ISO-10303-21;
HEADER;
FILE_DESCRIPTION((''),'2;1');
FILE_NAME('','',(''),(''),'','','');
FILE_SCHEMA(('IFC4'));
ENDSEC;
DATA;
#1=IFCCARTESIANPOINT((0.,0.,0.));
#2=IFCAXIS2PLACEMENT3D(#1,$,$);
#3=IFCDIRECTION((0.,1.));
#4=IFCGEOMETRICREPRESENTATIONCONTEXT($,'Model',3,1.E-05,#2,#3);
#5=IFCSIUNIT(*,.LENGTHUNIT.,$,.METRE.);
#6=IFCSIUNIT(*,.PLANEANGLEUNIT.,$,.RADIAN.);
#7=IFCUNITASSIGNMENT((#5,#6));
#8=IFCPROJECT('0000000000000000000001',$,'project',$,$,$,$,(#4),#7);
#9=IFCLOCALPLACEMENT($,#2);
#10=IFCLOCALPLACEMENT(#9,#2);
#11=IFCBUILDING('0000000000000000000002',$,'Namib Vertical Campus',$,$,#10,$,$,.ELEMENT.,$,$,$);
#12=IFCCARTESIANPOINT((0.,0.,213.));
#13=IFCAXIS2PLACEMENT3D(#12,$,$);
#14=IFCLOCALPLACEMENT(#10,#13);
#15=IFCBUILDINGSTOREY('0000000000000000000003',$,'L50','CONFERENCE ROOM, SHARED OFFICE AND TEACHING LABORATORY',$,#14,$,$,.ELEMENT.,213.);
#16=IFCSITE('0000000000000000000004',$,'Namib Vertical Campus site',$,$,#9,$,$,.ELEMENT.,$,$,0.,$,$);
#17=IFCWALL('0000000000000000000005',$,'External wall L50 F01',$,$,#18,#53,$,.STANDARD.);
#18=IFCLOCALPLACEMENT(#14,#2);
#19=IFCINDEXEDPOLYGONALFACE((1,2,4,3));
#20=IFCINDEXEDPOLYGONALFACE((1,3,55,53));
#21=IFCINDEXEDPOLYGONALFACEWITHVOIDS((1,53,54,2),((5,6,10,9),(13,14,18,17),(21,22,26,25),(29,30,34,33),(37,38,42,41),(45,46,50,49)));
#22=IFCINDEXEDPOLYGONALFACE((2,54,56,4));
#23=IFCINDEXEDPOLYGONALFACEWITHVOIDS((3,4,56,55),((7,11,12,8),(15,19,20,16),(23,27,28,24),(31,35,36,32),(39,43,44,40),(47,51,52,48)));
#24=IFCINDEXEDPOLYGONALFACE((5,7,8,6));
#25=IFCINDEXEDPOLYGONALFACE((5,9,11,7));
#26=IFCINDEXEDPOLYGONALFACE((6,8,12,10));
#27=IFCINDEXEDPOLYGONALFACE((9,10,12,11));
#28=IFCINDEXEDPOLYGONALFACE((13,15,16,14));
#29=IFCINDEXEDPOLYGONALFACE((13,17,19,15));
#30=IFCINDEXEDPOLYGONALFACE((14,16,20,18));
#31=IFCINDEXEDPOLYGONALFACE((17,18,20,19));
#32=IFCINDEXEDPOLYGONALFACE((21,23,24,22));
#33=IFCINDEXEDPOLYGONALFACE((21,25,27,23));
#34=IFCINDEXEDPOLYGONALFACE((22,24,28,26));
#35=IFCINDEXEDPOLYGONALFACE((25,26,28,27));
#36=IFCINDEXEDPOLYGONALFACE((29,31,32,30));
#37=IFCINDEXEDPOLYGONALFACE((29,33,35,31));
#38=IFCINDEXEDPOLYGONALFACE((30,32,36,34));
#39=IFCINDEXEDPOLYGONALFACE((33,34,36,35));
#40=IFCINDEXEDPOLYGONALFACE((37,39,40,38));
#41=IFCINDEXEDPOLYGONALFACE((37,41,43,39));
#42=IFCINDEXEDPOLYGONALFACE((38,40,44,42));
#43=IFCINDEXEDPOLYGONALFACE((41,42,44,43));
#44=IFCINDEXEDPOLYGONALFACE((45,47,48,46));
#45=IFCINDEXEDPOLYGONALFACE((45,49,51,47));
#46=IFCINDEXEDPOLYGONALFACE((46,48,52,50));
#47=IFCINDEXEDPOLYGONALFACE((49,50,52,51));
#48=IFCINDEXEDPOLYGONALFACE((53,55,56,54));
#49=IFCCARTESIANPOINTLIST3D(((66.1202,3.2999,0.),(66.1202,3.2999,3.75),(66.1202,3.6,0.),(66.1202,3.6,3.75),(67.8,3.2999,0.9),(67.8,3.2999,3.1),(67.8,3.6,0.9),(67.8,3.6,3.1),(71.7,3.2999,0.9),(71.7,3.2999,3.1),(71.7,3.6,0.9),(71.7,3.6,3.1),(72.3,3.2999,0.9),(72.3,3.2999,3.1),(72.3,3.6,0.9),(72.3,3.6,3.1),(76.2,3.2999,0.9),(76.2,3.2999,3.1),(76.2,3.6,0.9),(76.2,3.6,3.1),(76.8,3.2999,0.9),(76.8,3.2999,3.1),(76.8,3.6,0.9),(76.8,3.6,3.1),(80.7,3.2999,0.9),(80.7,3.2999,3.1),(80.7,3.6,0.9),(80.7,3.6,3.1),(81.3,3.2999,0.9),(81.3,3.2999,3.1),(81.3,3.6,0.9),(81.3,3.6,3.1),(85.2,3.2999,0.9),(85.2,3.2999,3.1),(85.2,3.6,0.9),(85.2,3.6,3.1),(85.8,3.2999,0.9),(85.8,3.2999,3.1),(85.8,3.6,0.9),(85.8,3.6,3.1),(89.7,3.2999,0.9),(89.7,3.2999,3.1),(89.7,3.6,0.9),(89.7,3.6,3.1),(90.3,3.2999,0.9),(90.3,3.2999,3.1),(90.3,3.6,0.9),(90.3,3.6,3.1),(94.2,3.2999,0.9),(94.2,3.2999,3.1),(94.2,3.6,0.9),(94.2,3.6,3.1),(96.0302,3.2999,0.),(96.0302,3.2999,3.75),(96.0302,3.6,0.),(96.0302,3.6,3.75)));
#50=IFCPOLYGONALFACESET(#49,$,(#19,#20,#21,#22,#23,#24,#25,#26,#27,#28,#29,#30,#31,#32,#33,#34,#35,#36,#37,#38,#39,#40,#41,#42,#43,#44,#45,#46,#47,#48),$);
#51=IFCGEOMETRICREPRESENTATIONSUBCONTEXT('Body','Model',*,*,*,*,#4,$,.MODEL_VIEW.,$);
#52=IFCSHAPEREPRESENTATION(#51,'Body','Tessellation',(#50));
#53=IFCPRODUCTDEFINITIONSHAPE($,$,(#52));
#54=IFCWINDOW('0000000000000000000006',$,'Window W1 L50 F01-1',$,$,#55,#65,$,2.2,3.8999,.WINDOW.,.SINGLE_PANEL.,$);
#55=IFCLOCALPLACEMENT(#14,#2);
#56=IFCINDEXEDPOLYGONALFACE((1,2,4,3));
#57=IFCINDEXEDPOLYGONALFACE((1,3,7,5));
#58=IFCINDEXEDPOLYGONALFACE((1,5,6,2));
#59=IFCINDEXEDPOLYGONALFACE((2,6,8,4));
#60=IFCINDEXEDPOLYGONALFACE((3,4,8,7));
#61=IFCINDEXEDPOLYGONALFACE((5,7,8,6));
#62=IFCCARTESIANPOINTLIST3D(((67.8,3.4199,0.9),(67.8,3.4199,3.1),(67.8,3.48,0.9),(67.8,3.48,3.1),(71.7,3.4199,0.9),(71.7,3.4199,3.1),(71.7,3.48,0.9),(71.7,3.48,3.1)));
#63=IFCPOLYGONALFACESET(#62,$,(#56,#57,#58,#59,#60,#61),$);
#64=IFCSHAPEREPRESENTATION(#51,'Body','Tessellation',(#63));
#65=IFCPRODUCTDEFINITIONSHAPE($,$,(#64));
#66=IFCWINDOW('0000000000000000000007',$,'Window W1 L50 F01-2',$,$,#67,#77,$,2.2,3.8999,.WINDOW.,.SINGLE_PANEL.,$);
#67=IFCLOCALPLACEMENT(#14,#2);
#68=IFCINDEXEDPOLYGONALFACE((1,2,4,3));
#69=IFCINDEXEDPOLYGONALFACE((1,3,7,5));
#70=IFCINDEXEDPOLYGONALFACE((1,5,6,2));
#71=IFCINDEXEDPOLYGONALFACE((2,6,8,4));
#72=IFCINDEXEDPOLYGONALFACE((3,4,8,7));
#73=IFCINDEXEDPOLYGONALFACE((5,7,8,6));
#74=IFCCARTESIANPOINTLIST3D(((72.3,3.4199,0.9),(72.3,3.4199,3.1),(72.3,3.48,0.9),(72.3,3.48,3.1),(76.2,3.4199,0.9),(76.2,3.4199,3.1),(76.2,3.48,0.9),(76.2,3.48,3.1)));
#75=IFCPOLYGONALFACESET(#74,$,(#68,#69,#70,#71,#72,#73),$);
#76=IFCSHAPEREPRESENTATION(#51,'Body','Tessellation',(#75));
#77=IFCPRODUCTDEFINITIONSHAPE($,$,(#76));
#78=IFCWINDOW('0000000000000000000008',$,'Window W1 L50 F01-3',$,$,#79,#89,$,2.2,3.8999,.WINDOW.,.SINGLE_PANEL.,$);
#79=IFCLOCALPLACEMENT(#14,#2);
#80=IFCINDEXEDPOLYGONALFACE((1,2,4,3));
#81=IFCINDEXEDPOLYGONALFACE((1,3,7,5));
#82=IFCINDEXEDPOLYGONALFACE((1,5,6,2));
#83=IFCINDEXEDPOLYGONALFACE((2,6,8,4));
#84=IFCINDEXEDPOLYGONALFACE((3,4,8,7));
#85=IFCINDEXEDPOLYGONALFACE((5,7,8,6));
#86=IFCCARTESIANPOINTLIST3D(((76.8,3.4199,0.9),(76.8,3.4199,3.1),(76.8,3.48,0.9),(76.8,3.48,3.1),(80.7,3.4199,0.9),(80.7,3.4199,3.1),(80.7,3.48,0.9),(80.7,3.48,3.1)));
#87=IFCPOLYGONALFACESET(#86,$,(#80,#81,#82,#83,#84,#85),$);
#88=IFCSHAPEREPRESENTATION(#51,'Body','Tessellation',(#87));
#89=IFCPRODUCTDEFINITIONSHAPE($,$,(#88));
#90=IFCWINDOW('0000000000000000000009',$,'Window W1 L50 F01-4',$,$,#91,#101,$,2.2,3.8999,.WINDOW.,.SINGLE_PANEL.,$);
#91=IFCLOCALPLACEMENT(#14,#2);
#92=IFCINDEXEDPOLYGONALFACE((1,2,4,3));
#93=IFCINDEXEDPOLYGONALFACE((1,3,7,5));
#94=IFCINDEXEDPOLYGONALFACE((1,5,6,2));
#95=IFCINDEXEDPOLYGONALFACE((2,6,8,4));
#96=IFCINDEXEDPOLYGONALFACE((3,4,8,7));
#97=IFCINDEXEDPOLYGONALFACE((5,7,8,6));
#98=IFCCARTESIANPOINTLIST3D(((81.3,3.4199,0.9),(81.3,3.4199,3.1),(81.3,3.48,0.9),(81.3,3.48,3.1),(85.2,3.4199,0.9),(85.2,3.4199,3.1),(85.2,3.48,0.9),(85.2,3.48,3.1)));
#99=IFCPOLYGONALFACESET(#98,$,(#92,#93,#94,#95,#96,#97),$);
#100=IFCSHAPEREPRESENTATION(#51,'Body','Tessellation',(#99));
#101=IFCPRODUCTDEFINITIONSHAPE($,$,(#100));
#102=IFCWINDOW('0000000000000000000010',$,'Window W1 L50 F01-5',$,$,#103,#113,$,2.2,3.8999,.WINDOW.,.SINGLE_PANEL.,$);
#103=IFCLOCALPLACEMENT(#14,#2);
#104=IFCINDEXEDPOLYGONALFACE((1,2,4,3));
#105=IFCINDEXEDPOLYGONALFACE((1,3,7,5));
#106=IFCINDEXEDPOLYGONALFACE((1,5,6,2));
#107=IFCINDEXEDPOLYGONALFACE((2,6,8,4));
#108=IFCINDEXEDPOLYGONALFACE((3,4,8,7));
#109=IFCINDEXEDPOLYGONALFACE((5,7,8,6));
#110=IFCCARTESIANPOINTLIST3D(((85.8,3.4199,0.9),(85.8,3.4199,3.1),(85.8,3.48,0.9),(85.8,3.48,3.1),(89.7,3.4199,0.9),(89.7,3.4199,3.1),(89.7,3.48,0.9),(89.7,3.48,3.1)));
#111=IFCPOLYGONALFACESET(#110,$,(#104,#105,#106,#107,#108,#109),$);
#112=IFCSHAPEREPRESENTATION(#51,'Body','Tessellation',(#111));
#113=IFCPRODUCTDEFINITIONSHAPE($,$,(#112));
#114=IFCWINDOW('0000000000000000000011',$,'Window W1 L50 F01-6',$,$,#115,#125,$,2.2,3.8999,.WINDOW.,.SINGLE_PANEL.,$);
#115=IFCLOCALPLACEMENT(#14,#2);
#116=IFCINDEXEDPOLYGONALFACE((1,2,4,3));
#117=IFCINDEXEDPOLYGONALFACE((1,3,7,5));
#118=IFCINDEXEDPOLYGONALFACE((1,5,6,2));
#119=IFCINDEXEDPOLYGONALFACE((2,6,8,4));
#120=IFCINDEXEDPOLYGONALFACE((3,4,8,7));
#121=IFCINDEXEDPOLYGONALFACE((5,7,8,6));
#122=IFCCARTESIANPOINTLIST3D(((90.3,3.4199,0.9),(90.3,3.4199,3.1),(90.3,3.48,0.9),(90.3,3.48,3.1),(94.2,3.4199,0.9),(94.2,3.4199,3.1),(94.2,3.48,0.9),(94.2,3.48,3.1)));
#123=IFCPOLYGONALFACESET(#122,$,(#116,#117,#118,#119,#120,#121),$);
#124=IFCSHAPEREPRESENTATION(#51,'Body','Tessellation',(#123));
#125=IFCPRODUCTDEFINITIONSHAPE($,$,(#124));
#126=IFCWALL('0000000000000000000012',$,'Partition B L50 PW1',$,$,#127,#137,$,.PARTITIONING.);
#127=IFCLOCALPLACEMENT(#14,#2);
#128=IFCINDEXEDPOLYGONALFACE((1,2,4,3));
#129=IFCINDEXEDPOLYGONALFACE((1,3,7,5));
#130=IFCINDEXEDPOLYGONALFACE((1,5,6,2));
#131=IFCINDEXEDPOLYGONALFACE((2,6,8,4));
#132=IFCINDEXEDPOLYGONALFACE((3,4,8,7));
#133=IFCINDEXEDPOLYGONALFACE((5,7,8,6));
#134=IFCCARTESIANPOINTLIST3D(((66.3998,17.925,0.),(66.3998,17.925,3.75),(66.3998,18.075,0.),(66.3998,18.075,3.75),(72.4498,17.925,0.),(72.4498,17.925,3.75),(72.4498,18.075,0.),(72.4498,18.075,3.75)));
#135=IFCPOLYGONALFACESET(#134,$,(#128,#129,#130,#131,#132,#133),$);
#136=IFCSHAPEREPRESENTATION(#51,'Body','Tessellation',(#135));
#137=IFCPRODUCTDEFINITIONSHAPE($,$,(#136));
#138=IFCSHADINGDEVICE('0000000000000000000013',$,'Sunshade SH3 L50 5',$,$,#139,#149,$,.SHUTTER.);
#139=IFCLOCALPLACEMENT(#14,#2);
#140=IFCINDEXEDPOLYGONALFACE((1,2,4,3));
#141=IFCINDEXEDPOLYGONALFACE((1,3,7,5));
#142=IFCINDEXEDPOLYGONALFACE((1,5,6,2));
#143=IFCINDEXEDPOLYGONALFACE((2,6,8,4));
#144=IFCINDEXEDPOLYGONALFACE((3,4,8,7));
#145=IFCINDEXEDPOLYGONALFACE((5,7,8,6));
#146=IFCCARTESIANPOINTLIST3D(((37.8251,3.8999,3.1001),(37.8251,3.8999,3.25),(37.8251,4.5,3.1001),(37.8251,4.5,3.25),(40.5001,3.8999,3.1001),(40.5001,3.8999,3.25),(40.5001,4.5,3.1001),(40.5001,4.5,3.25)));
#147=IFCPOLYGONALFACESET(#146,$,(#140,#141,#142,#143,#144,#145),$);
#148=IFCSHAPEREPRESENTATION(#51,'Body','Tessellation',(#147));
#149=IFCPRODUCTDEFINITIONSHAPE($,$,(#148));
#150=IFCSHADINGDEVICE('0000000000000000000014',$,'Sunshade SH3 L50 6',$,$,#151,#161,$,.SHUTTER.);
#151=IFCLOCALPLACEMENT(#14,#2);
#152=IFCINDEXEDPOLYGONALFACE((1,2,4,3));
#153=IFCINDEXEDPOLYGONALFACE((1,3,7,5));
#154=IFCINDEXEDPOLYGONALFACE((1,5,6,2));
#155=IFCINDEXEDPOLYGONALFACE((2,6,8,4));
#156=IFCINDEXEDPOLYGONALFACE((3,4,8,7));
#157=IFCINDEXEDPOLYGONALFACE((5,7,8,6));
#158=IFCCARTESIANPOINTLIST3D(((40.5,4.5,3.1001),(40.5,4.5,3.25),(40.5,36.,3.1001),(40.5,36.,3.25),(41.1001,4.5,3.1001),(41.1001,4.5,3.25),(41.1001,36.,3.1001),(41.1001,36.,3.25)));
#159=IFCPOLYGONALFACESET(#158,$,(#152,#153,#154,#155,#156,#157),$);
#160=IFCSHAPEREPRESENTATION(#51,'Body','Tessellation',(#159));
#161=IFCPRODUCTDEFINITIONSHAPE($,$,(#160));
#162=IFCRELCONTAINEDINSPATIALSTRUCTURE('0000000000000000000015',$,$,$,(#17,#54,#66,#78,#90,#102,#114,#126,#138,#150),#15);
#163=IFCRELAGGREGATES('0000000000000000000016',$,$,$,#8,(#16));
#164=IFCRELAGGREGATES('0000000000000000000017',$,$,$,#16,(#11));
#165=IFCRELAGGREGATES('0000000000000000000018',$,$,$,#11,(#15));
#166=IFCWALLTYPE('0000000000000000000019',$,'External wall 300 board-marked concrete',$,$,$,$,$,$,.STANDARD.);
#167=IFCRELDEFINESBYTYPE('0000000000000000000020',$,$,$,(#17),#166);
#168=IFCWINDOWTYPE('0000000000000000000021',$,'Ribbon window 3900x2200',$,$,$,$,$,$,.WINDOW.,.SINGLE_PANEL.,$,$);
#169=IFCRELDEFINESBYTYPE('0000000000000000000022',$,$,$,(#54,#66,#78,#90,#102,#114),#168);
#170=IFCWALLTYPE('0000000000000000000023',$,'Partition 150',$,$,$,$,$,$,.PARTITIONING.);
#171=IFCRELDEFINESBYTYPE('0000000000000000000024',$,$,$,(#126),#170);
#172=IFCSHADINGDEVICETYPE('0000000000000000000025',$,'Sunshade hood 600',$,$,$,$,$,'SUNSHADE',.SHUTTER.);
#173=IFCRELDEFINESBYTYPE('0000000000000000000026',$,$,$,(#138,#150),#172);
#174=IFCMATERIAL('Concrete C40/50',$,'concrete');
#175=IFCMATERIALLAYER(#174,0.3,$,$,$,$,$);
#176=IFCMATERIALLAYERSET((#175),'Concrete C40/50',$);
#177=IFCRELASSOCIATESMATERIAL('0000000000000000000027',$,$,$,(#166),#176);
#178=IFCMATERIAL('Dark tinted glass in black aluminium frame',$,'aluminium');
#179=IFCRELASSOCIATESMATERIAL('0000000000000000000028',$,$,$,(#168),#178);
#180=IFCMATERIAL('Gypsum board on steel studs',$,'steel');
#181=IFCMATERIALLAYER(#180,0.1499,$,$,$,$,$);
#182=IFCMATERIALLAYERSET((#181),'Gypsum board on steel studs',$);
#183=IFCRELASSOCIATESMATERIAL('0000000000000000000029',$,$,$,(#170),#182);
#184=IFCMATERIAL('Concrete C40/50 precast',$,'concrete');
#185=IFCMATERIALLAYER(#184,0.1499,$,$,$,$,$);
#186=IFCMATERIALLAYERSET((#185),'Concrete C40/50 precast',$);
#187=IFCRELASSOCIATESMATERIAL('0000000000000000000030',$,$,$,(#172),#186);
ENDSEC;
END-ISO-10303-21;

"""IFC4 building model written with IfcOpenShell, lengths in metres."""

from ifc_helpers import new_model, si_unit, direction, frame, frame_2d, origin, origin_2d, place, context, subcontext, project, spatial, rectangle, extrude, material, layer, layer_set, type_object, element, fill, save


model = new_model("IFC4")

# Units and contexts
model_context = context("Model", 3, precision=1e-05, world=origin(), true_north=direction((0.0, 1.0)))
body_context = subcontext(model_context, "Body", "Model", "MODEL_VIEW")
ifc_project = project(units=[si_unit("LENGTHUNIT", "METRE"), si_unit("PLANEANGLEUNIT", "RADIAN")], contexts=[model_context])

# Site, building, storey
site_placement = place(None, origin())
site = spatial("IfcSite", under=ifc_project, at=site_placement, Name="Namib Vertical Campus site", CompositionType="ELEMENT", RefElevation=0.0)
building_placement = place(site_placement, origin())
building = spatial("IfcBuilding", under=site, at=building_placement, Name="Namib Vertical Campus", CompositionType="ELEMENT")
storey_placement = place(building_placement, frame((0.0, 0.0, 213.0)))
storey = spatial("IfcBuildingStorey", under=building, at=storey_placement, Name="L50", Description="CONFERENCE ROOM, SHARED OFFICE AND TEACHING LABORATORY", CompositionType="ELEMENT", Elevation=213.0)

# Wall, openings, windows
ifc_material_1 = material(Name="Concrete C40/50", Category="concrete")
ifc_layer_1 = layer(ifc_material_1, 0.3)
ifc_layer_set_1 = layer_set([ifc_layer_1], Name="Concrete C40/50")
wall_type_1 = type_object("IfcWallType", Name="External wall 300 board-marked concrete", PredefinedType="STANDARD", material=ifc_layer_set_1)
ifc_material_2 = material(Name="Dark tinted glass in black aluminium frame", Category="aluminium")
window_type = type_object("IfcWindowType", Name="Ribbon window 3900x2200", PartitioningType="SINGLE_PANEL", PredefinedType="WINDOW", material=ifc_material_2)
wall_1_placement = place(storey_placement, frame((66.1201, 3.45, 0.0), z_axis=(0.0, 0.0, 1.0), x_axis=(1.0, 0.0, 0.0)))
wall_1 = element("IfcWall", 1, at=wall_1_placement, inside=storey, type_object=wall_type_1, Name="External wall L50 F01", PredefinedType="STANDARD", context=body_context, shape_type="SweptSolid", body=[
    extrude(rectangle(XDim=29.9099, YDim=0.3, at=frame_2d((14.9551, 0.0))), origin(), (0.0, 0.0, 1.0), 3.75),
])
opening_1_placement = place(wall_1_placement, frame((1.6799, 0.0, 0.8999)))
opening_1 = element("IfcOpeningElement", 2, at=opening_1_placement, cuts=wall_1, PredefinedType="OPENING", context=body_context, shape_type="SweptSolid", body=[
    extrude(rectangle(XDim=3.8999, YDim=2.2, at=frame_2d((1.95, 1.1001))), frame((0.0, 0.1599, 0.0), z_axis=(0.0, -1.0, 0.0), x_axis=(1.0, 0.0, 0.0)), (0.0, 0.0, 1.0), 0.3201),
])
opening_2_placement = place(wall_1_placement, frame((6.1799, 0.0, 0.8999)))
opening_2 = element("IfcOpeningElement", 3, at=opening_2_placement, cuts=wall_1, PredefinedType="OPENING", context=body_context, shape_type="SweptSolid", body=[
    extrude(rectangle(XDim=3.8999, YDim=2.2, at=frame_2d((1.95, 1.1001))), frame((0.0, 0.1599, 0.0), z_axis=(0.0, -1.0, 0.0), x_axis=(1.0, 0.0, 0.0)), (0.0, 0.0, 1.0), 0.3201),
])
opening_3_placement = place(wall_1_placement, frame((10.6799, 0.0, 0.8999)))
opening_3 = element("IfcOpeningElement", 4, at=opening_3_placement, cuts=wall_1, PredefinedType="OPENING", context=body_context, shape_type="SweptSolid", body=[
    extrude(rectangle(XDim=3.8999, YDim=2.2, at=frame_2d((1.95, 1.1001))), frame((0.0, 0.1599, 0.0), z_axis=(0.0, -1.0, 0.0), x_axis=(1.0, 0.0, 0.0)), (0.0, 0.0, 1.0), 0.3201),
])
opening_4_placement = place(wall_1_placement, frame((15.1799, 0.0, 0.8999)))
opening_4 = element("IfcOpeningElement", 5, at=opening_4_placement, cuts=wall_1, PredefinedType="OPENING", context=body_context, shape_type="SweptSolid", body=[
    extrude(rectangle(XDim=3.8999, YDim=2.2, at=frame_2d((1.95, 1.1001))), frame((0.0, 0.1599, 0.0), z_axis=(0.0, -1.0, 0.0), x_axis=(1.0, 0.0, 0.0)), (0.0, 0.0, 1.0), 0.3201),
])
opening_5_placement = place(wall_1_placement, frame((19.6799, 0.0, 0.8999)))
opening_5 = element("IfcOpeningElement", 6, at=opening_5_placement, cuts=wall_1, PredefinedType="OPENING", context=body_context, shape_type="SweptSolid", body=[
    extrude(rectangle(XDim=3.8999, YDim=2.2, at=frame_2d((1.95, 1.1001))), frame((0.0, 0.1599, 0.0), z_axis=(0.0, -1.0, 0.0), x_axis=(1.0, 0.0, 0.0)), (0.0, 0.0, 1.0), 0.3201),
])
opening_6_placement = place(wall_1_placement, frame((24.1799, 0.0, 0.8999)))
opening_6 = element("IfcOpeningElement", 7, at=opening_6_placement, cuts=wall_1, PredefinedType="OPENING", context=body_context, shape_type="SweptSolid", body=[
    extrude(rectangle(XDim=3.8999, YDim=2.2, at=frame_2d((1.95, 1.1001))), frame((0.0, 0.1599, 0.0), z_axis=(0.0, -1.0, 0.0), x_axis=(1.0, 0.0, 0.0)), (0.0, 0.0, 1.0), 0.3201),
])
window_1_placement = place(opening_1_placement, origin())
window_1 = element("IfcWindow", 8, at=window_1_placement, inside=storey, type_object=window_type, Name="Window W1 L50 F01-1", OverallHeight=2.2, OverallWidth=3.8999, PartitioningType="SINGLE_PANEL", PredefinedType="WINDOW", context=body_context, shape_type="SweptSolid", body=[
    extrude(rectangle(XDim=3.8999, YDim=2.2, at=frame_2d((1.95, 1.1001))), frame((0.0, 0.03, 0.0), z_axis=(0.0, -1.0, 0.0), x_axis=(1.0, 0.0, 0.0)), (0.0, 0.0, 1.0), 0.0601),
])
fill(opening_1, window_1)
window_2_placement = place(opening_2_placement, origin())
window_2 = element("IfcWindow", 9, at=window_2_placement, inside=storey, type_object=window_type, Name="Window W1 L50 F01-2", OverallHeight=2.2, OverallWidth=3.8999, PartitioningType="SINGLE_PANEL", PredefinedType="WINDOW", context=body_context, shape_type="SweptSolid", body=[
    extrude(rectangle(XDim=3.8999, YDim=2.2, at=frame_2d((1.95, 1.1001))), frame((0.0, 0.03, 0.0), z_axis=(0.0, -1.0, 0.0), x_axis=(1.0, 0.0, 0.0)), (0.0, 0.0, 1.0), 0.0601),
])
fill(opening_2, window_2)
window_3_placement = place(opening_3_placement, origin())
window_3 = element("IfcWindow", 10, at=window_3_placement, inside=storey, type_object=window_type, Name="Window W1 L50 F01-3", OverallHeight=2.2, OverallWidth=3.8999, PartitioningType="SINGLE_PANEL", PredefinedType="WINDOW", context=body_context, shape_type="SweptSolid", body=[
    extrude(rectangle(XDim=3.8999, YDim=2.2, at=frame_2d((1.95, 1.1001))), frame((0.0, 0.03, 0.0), z_axis=(0.0, -1.0, 0.0), x_axis=(1.0, 0.0, 0.0)), (0.0, 0.0, 1.0), 0.0601),
])
fill(opening_3, window_3)
window_4_placement = place(opening_4_placement, origin())
window_4 = element("IfcWindow", 11, at=window_4_placement, inside=storey, type_object=window_type, Name="Window W1 L50 F01-4", OverallHeight=2.2, OverallWidth=3.8999, PartitioningType="SINGLE_PANEL", PredefinedType="WINDOW", context=body_context, shape_type="SweptSolid", body=[
    extrude(rectangle(XDim=3.8999, YDim=2.2, at=frame_2d((1.95, 1.1001))), frame((0.0, 0.03, 0.0), z_axis=(0.0, -1.0, 0.0), x_axis=(1.0, 0.0, 0.0)), (0.0, 0.0, 1.0), 0.0601),
])
fill(opening_4, window_4)
window_5_placement = place(opening_5_placement, origin())
window_5 = element("IfcWindow", 12, at=window_5_placement, inside=storey, type_object=window_type, Name="Window W1 L50 F01-5", OverallHeight=2.2, OverallWidth=3.8999, PartitioningType="SINGLE_PANEL", PredefinedType="WINDOW", context=body_context, shape_type="SweptSolid", body=[
    extrude(rectangle(XDim=3.8999, YDim=2.2, at=frame_2d((1.95, 1.1001))), frame((0.0, 0.03, 0.0), z_axis=(0.0, -1.0, 0.0), x_axis=(1.0, 0.0, 0.0)), (0.0, 0.0, 1.0), 0.0601),
])
fill(opening_5, window_5)
window_6_placement = place(opening_6_placement, origin())
window_6 = element("IfcWindow", 13, at=window_6_placement, inside=storey, type_object=window_type, Name="Window W1 L50 F01-6", OverallHeight=2.2, OverallWidth=3.8999, PartitioningType="SINGLE_PANEL", PredefinedType="WINDOW", context=body_context, shape_type="SweptSolid", body=[
    extrude(rectangle(XDim=3.8999, YDim=2.2, at=frame_2d((1.95, 1.1001))), frame((0.0, 0.03, 0.0), z_axis=(0.0, -1.0, 0.0), x_axis=(1.0, 0.0, 0.0)), (0.0, 0.0, 1.0), 0.0601),
])
fill(opening_6, window_6)

# Wall
ifc_material_3 = material(Name="Gypsum board on steel studs", Category="steel")
ifc_layer_2 = layer(ifc_material_3, 0.1499)
ifc_layer_set_2 = layer_set([ifc_layer_2], Name="Gypsum board on steel studs")
wall_type_2 = type_object("IfcWallType", Name="Partition 150", PredefinedType="PARTITIONING", material=ifc_layer_set_2)
wall_2_placement = place(storey_placement, frame((66.3999, 18.0, 0.0), z_axis=(0.0, 0.0, 1.0), x_axis=(1.0, 0.0, 0.0)))
element("IfcWall", 14, at=wall_2_placement, inside=storey, type_object=wall_type_2, Name="Partition B L50 PW1", PredefinedType="PARTITIONING", context=body_context, shape_type="SweptSolid", body=[
    extrude(rectangle(XDim=6.05, YDim=0.1499, at=frame_2d((3.0249, 0.0))), origin(), (0.0, 0.0, 1.0), 3.75),
])

# Shading devices
ifc_material_4 = material(Name="Concrete C40/50 precast", Category="concrete")
ifc_layer_3 = layer(ifc_material_4, 0.1499)
ifc_layer_set_3 = layer_set([ifc_layer_3], Name="Concrete C40/50 precast")
shading_device_type = type_object("IfcShadingDeviceType", Name="Sunshade hood 600", ElementType="SUNSHADE", PredefinedType="SHUTTER", material=ifc_layer_set_3)
shading_device_1_placement = place(storey_placement, frame((39.1626, 4.2, 3.1001), z_axis=(0.0, 0.0, 1.0), x_axis=(1.0, 0.0, 0.0)))
element("IfcShadingDevice", 15, at=shading_device_1_placement, inside=storey, type_object=shading_device_type, Name="Sunshade SH3 L50 5", PredefinedType="SHUTTER", context=body_context, shape_type="SweptSolid", body=[
    extrude(rectangle(XDim=2.675, YDim=0.6001, at=origin_2d()), origin(), (0.0, 0.0, 1.0), 0.1499),
])
shading_device_2_placement = place(storey_placement, frame((40.8, 20.25, 3.1001), z_axis=(0.0, 0.0, 1.0), x_axis=(0.0, 1.0, 0.0)))
element("IfcShadingDevice", 16, at=shading_device_2_placement, inside=storey, type_object=shading_device_type, Name="Sunshade SH3 L50 6", PredefinedType="SHUTTER", context=body_context, shape_type="SweptSolid", body=[
    extrude(rectangle(XDim=31.5, YDim=0.6001, at=origin_2d()), origin(), (0.0, 0.0, 1.0), 0.1499),
])

save(model, "model.ifc")
